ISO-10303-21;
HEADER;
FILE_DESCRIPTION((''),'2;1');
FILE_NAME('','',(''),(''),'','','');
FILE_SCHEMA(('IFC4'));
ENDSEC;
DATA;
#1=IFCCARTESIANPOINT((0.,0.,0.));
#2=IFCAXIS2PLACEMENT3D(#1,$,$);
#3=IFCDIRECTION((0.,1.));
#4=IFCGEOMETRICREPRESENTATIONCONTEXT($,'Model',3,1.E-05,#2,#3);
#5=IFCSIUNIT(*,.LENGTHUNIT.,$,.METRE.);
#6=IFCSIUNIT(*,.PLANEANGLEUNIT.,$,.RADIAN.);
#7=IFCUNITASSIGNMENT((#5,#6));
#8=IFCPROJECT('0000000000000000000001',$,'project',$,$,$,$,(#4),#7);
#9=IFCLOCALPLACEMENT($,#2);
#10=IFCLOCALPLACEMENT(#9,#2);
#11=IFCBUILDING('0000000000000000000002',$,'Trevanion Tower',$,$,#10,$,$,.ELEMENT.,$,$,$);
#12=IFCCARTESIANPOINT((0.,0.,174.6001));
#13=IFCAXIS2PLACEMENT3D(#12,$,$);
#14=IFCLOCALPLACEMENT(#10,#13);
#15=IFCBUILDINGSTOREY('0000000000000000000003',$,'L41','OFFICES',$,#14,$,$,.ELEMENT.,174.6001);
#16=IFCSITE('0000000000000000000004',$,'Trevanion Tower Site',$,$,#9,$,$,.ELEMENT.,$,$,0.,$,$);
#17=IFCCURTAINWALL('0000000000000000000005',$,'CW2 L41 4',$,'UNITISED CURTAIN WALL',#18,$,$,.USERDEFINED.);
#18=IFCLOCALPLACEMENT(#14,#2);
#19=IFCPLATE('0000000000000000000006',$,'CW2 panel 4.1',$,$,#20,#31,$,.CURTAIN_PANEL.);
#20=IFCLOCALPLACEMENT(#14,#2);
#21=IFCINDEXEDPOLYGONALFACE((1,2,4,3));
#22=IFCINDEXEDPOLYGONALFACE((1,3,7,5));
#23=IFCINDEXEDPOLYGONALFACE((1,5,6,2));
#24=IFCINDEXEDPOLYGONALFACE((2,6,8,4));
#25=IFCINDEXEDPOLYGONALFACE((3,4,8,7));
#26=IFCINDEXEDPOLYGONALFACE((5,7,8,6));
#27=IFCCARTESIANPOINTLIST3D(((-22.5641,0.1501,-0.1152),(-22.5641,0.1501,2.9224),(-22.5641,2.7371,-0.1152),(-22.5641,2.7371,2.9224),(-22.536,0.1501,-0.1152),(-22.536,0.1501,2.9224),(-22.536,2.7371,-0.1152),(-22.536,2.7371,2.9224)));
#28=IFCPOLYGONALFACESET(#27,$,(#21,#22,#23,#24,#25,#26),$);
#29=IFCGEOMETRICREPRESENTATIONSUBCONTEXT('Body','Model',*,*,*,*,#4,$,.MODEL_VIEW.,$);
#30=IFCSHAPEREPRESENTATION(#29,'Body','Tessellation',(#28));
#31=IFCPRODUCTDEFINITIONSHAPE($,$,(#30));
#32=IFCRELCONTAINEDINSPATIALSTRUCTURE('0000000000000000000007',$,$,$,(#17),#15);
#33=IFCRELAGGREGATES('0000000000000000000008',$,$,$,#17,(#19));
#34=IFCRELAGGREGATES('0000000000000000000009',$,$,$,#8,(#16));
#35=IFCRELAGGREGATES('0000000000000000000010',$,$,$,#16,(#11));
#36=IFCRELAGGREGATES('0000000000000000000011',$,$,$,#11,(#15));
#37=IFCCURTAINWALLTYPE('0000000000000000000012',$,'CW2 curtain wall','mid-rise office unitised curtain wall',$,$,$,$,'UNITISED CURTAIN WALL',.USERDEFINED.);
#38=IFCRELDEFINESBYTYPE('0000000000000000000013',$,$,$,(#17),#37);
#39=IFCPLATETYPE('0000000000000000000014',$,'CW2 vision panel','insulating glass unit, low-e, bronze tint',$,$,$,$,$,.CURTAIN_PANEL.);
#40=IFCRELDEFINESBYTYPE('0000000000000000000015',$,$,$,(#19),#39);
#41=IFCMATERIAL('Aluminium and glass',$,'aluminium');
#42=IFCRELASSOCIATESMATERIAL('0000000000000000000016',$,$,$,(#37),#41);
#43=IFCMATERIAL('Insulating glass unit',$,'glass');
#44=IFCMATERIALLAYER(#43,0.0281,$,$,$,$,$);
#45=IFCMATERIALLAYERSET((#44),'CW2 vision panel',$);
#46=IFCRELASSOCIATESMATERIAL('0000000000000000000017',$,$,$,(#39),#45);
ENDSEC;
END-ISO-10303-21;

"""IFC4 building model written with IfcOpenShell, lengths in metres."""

from ifc_helpers import new_model, si_unit, direction, frame, origin, origin_2d, place, context, subcontext, project, spatial, rectangle, extrude, material, layer, layer_set, type_object, element, aggregate, save


model = new_model("IFC4")

# Units and contexts
model_context = context("Model", 3, precision=1e-05, world=origin(), true_north=direction((0.0, 1.0)))
body_context = subcontext(model_context, "Body", "Model", "MODEL_VIEW")
ifc_project = project(units=[si_unit("LENGTHUNIT", "METRE"), si_unit("PLANEANGLEUNIT", "RADIAN")], contexts=[model_context])

# Site, building, storey
site_placement = place(None, origin())
site = spatial("IfcSite", under=ifc_project, at=site_placement, Name="Trevanion Tower Site", CompositionType="ELEMENT", RefElevation=0.0)
building_placement = place(site_placement, origin())
building = spatial("IfcBuilding", under=site, at=building_placement, Name="Trevanion Tower", CompositionType="ELEMENT")
storey_placement = place(building_placement, frame((0.0, 0.0, 174.6001)))
storey = spatial("IfcBuildingStorey", under=building, at=storey_placement, Name="L41", Description="OFFICES", CompositionType="ELEMENT", Elevation=174.6001)

# Curtain wall, plate
ifc_material_1 = material(Name="Aluminium and glass", Category="aluminium")
curtain_wall_type = type_object("IfcCurtainWallType", Name="CW2 curtain wall", Description="mid-rise office unitised curtain wall", ElementType="UNITISED CURTAIN WALL", PredefinedType="USERDEFINED", material=ifc_material_1)
curtain_wall_placement = place(storey_placement, origin())
curtain_wall = element("IfcCurtainWall", 1, at=curtain_wall_placement, inside=storey, type_object=curtain_wall_type, Name="CW2 L41 4", ObjectType="UNITISED CURTAIN WALL", PredefinedType="USERDEFINED")
ifc_material_2 = material(Name="Insulating glass unit", Category="glass")
ifc_layer_1 = layer(ifc_material_2, 0.0281)
ifc_layer_set_1 = layer_set([ifc_layer_1], Name="CW2 vision panel")
plate_type_1 = type_object("IfcPlateType", Name="CW2 vision panel", Description="insulating glass unit, low-e, bronze tint", PredefinedType="CURTAIN_PANEL", material=ifc_layer_set_1)
plate_1_placement = place(storey_placement, frame((-22.55, 1.4436, -0.1152), z_axis=(0.0, 0.0, 1.0), x_axis=(0.0, -1.0, 0.0)))
plate_1 = element("IfcPlate", 2, at=plate_1_placement, type_object=plate_type_1, Name="CW2 panel 4.1", PredefinedType="CURTAIN_PANEL", context=body_context, shape_type="SweptSolid", body=[
    extrude(rectangle(XDim=2.5869, YDim=0.0281, at=origin_2d()), origin(), (0.0, 0.0, 1.0), 3.0376),
])
aggregate(curtain_wall, [plate_1])

save(model, "model.ifc")
